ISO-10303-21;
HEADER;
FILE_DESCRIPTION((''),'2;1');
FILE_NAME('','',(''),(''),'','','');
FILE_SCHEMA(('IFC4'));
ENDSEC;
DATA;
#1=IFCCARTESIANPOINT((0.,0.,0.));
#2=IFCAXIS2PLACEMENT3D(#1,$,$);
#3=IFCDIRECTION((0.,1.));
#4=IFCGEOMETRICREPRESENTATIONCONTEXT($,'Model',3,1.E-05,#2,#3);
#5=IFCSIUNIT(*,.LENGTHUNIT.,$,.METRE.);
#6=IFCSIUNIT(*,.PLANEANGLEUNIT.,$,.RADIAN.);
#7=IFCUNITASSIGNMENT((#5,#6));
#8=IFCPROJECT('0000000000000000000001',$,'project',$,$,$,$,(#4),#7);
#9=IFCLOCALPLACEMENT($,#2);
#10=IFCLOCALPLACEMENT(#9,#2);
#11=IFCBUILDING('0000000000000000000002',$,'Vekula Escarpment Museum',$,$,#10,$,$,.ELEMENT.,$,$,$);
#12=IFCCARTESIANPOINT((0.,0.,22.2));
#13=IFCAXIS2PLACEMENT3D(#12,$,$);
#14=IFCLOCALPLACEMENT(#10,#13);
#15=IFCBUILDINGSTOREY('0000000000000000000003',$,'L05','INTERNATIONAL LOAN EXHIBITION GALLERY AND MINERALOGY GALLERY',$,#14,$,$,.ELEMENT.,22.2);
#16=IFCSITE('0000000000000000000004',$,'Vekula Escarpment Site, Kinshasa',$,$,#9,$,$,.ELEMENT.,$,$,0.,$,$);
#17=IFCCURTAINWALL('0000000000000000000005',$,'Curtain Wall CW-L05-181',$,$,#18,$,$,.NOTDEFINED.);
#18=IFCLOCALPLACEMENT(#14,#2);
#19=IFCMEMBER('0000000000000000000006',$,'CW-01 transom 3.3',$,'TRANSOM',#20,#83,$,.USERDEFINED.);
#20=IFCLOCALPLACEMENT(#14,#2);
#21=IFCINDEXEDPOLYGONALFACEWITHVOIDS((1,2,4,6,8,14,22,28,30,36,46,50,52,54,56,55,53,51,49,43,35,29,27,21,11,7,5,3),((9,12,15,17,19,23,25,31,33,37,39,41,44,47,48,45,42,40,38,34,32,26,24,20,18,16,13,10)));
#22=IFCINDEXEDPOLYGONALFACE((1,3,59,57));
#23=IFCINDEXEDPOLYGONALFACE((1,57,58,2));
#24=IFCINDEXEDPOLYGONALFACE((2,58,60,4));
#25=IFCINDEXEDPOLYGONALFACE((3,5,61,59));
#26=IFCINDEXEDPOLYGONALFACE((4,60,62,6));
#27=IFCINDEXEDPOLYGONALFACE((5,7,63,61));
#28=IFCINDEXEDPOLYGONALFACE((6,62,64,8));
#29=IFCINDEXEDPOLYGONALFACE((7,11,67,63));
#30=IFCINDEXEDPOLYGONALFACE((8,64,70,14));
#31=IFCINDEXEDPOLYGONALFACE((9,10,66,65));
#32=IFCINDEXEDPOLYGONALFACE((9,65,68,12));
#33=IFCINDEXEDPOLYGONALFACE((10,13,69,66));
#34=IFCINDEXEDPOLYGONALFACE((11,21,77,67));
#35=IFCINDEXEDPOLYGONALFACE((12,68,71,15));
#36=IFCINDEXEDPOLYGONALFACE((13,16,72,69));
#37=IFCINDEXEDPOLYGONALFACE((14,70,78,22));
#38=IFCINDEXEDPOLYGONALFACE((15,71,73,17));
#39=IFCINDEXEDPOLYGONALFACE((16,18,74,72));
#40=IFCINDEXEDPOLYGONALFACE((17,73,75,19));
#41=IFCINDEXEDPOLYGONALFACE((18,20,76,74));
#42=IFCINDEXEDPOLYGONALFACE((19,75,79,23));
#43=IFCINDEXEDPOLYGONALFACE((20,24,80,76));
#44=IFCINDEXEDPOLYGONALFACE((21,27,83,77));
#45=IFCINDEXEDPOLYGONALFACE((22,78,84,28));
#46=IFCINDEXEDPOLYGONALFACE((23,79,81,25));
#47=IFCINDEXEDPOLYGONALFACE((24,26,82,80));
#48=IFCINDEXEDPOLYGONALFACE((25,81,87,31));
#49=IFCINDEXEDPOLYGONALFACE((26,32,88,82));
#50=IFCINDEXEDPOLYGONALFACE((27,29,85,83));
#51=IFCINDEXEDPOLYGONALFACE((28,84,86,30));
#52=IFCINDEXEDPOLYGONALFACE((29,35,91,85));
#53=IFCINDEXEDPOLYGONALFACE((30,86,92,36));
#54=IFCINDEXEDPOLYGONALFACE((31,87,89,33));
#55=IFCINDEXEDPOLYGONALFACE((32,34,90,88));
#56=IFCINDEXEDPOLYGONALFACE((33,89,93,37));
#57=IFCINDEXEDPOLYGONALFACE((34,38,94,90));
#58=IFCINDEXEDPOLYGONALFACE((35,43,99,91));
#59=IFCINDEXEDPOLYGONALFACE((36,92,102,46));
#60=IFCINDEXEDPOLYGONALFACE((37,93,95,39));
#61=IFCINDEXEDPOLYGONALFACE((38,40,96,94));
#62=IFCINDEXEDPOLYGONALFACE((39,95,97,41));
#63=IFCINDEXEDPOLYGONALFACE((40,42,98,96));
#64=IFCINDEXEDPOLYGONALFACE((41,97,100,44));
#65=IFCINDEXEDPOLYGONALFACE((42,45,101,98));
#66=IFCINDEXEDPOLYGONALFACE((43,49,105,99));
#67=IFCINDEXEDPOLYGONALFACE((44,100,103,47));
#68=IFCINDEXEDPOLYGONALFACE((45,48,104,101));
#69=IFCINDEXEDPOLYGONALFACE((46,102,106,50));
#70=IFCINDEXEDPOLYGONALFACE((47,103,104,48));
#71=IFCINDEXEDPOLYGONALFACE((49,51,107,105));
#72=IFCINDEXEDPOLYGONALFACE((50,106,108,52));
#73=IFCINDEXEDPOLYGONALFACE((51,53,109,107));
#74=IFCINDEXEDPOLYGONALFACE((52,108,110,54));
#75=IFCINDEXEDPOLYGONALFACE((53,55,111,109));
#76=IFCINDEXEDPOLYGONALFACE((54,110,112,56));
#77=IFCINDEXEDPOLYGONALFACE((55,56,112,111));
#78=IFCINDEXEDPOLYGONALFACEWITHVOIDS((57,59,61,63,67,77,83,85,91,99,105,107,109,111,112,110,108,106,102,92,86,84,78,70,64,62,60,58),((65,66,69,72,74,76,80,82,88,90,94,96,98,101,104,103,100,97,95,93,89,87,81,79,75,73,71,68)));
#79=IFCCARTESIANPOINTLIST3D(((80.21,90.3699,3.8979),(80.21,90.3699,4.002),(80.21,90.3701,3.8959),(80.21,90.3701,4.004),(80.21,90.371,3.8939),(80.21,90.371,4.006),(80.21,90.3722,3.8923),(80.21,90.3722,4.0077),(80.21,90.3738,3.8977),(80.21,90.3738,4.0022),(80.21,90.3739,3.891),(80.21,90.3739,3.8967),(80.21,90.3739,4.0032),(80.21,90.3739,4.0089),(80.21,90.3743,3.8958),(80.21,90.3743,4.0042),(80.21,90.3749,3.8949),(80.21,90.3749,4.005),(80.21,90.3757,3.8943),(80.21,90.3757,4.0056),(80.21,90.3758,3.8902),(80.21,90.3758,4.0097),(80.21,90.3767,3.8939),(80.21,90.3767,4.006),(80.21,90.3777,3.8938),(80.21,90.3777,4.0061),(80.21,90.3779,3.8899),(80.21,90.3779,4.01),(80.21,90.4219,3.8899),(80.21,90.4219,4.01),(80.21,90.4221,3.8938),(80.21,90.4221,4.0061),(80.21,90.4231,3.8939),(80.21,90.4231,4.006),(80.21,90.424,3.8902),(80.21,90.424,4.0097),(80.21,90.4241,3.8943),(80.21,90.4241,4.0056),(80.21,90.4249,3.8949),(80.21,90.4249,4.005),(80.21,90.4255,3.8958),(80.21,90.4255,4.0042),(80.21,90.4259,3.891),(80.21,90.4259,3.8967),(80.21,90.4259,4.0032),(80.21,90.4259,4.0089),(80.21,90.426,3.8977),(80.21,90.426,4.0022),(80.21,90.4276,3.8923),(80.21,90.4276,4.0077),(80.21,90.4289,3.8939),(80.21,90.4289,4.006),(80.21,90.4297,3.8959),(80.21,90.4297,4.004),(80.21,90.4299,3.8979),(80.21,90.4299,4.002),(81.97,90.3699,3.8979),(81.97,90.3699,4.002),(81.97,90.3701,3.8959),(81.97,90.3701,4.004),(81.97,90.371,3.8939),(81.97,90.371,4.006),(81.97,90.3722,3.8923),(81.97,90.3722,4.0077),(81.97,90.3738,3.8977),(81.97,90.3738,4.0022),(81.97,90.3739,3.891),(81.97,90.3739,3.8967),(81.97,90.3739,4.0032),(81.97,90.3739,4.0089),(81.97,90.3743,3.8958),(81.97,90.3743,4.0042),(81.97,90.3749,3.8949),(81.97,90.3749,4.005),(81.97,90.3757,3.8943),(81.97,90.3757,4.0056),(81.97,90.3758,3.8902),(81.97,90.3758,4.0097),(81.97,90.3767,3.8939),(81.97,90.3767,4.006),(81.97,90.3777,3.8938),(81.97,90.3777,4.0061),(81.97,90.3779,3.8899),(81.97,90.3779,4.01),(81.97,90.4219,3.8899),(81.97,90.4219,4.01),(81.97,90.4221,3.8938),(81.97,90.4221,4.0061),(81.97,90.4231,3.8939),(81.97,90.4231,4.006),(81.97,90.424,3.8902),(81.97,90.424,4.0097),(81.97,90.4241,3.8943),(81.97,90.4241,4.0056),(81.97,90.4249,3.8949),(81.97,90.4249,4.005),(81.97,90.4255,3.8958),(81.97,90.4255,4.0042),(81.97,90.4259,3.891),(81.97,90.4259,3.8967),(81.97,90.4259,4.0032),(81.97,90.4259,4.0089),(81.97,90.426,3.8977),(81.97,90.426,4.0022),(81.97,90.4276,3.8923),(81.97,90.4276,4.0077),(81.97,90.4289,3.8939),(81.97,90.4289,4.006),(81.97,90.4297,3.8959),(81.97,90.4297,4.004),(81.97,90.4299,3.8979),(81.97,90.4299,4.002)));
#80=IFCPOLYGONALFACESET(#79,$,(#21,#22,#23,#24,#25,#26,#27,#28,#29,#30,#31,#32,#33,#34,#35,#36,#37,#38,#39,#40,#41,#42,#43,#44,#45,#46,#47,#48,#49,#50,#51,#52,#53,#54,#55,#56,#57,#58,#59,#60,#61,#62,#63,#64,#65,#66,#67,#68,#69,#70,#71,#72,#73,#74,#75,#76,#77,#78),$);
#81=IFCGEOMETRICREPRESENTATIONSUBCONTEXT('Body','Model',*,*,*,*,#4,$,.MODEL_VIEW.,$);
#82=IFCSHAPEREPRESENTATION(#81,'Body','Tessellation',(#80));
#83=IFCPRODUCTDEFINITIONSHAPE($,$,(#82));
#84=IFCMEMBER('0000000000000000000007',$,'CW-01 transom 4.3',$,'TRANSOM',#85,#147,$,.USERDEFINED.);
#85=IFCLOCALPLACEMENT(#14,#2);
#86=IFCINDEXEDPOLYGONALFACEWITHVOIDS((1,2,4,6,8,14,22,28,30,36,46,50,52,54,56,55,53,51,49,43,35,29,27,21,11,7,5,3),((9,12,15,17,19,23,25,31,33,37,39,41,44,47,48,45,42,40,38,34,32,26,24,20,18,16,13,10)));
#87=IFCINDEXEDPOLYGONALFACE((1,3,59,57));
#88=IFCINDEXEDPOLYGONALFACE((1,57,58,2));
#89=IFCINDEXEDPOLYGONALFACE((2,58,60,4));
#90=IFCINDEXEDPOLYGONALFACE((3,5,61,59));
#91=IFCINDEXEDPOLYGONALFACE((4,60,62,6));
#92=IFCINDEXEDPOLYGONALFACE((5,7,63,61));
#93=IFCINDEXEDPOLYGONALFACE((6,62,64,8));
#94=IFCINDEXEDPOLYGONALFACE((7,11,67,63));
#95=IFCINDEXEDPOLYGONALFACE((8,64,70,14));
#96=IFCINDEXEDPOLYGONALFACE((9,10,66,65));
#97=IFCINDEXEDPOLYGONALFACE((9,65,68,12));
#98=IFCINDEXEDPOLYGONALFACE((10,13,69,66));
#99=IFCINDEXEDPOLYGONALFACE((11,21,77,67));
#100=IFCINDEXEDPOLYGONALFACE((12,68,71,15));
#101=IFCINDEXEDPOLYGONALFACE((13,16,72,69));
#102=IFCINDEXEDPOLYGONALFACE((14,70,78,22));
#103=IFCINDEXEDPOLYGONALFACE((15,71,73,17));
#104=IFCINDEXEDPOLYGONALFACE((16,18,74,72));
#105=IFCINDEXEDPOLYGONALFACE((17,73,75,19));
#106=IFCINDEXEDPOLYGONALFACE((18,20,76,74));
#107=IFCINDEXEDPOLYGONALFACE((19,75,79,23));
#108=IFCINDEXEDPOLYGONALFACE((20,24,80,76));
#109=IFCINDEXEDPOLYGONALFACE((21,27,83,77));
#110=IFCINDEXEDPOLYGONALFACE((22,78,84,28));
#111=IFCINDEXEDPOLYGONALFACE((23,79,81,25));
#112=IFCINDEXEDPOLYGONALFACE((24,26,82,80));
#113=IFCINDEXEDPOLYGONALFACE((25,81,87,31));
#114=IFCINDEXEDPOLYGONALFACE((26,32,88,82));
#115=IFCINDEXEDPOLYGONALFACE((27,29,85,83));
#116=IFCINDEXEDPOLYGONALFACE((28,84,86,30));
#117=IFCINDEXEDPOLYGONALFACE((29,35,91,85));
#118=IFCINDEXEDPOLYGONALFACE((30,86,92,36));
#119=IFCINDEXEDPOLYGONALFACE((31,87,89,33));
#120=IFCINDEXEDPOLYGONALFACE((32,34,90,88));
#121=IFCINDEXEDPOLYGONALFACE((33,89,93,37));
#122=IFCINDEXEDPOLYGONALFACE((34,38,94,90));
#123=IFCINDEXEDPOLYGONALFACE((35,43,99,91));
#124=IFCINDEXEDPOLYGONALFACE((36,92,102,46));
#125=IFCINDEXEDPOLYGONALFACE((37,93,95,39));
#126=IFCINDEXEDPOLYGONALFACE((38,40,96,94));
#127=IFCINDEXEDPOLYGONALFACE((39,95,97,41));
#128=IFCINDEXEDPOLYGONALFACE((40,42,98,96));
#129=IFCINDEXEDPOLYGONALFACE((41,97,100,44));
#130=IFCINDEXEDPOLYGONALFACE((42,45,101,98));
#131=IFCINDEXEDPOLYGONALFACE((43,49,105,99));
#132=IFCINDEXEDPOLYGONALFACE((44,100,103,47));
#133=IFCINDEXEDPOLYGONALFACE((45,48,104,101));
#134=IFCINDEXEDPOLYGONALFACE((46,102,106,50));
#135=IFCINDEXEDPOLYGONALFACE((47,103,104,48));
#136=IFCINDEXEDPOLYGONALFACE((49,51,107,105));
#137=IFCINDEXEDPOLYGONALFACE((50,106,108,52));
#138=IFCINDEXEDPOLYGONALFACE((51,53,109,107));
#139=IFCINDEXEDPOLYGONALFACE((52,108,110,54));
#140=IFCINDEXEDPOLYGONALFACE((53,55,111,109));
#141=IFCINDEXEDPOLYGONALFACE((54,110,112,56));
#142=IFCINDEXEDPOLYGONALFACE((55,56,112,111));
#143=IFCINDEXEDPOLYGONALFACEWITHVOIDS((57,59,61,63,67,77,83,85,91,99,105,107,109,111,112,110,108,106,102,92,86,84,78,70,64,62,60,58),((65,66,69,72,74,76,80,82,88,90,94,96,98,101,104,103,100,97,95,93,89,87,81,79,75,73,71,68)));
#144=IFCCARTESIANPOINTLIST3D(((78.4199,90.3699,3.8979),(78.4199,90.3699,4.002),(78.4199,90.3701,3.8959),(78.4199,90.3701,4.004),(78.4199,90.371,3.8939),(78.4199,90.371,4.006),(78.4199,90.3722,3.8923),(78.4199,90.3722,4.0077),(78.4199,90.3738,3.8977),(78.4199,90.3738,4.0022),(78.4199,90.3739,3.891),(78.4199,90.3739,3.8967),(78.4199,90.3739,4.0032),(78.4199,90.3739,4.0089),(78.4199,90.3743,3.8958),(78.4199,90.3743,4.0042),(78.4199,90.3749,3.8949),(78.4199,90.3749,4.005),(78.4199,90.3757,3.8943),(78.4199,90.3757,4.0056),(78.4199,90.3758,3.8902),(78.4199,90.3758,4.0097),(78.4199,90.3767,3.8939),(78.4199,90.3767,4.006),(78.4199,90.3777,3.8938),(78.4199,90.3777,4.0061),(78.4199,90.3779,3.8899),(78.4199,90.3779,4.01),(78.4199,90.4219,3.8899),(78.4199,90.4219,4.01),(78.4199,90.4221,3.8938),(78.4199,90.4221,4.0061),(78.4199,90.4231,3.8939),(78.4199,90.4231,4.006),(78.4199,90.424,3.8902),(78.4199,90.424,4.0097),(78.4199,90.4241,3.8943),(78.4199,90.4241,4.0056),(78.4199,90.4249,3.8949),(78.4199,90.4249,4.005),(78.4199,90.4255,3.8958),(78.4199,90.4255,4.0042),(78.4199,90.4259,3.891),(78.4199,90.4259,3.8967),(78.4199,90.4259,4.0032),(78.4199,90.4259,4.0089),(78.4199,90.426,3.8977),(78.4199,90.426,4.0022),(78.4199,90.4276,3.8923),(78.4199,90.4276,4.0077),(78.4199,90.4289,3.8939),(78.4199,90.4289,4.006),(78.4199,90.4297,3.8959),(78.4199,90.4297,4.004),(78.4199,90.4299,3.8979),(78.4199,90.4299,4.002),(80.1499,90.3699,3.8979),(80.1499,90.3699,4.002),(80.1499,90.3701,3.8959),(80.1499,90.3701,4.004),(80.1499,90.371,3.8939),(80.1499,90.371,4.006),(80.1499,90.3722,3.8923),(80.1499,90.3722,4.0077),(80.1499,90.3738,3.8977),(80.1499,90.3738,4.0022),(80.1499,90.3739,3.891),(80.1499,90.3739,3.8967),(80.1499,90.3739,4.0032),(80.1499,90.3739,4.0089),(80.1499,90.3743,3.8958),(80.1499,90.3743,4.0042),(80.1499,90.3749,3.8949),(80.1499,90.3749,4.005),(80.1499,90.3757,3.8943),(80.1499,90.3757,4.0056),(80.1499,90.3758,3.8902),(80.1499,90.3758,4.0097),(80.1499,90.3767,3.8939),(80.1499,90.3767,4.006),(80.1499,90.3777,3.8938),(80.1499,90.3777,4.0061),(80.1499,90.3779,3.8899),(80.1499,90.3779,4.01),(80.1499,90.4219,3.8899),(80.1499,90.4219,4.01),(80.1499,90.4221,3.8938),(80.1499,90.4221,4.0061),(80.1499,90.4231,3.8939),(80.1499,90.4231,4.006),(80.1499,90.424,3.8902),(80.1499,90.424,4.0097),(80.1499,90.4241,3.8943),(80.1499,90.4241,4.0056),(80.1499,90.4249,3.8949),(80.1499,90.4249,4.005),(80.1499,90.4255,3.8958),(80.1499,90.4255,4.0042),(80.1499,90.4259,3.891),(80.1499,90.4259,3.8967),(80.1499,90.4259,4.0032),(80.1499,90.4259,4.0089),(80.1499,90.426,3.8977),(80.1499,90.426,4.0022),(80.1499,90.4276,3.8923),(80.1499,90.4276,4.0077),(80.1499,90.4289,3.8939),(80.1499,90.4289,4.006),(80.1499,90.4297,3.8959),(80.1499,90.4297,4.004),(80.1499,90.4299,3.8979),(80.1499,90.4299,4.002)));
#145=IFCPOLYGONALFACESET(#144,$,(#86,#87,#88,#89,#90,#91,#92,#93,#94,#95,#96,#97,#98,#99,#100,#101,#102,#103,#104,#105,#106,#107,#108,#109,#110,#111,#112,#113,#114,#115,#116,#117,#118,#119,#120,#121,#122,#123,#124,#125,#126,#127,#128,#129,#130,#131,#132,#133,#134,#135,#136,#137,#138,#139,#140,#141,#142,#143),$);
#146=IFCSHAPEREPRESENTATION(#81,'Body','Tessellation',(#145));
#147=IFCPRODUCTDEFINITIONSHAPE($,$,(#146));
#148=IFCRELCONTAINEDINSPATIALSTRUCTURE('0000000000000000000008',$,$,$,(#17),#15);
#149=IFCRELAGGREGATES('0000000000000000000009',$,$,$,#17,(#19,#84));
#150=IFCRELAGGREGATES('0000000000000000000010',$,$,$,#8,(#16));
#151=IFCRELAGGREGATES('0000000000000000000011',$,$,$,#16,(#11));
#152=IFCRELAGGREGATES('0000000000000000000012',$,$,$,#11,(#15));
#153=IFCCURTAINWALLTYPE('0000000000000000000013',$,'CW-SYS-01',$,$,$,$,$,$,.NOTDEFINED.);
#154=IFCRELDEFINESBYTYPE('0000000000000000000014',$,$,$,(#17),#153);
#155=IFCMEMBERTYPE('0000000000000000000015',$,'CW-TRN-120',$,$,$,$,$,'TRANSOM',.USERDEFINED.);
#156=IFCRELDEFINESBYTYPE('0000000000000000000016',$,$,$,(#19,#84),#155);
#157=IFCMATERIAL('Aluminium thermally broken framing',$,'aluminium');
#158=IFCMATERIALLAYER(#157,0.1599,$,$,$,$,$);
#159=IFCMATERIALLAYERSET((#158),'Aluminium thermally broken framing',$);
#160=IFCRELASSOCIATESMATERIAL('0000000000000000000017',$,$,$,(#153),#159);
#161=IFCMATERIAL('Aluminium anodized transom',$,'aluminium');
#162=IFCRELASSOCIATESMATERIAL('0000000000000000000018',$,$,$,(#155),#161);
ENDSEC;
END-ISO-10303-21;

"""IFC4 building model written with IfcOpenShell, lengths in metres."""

from ifc_helpers import new_model, si_unit, direction, frame, origin, origin_2d, place, context, subcontext, project, spatial, hollow_rectangle, extrude, material, layer, layer_set, material_profile, profile_set, type_object, element, aggregate, save


model = new_model("IFC4")

# Units and contexts
model_context = context("Model", 3, precision=1e-05, world=origin(), true_north=direction((0.0, 1.0)))
body_context = subcontext(model_context, "Body", "Model", "MODEL_VIEW")
ifc_project = project(units=[si_unit("LENGTHUNIT", "METRE"), si_unit("PLANEANGLEUNIT", "RADIAN")], contexts=[model_context])

# Site, building, storey
site_placement = place(None, origin())
site = spatial("IfcSite", under=ifc_project, at=site_placement, Name="Vekula Escarpment Site, Kinshasa", CompositionType="ELEMENT", RefElevation=0.0)
building_placement = place(site_placement, origin())
building = spatial("IfcBuilding", under=site, at=building_placement, Name="Vekula Escarpment Museum", CompositionType="ELEMENT")
storey_placement = place(building_placement, frame((0.0, 0.0, 22.2)))
storey = spatial("IfcBuildingStorey", under=building, at=storey_placement, Name="L05", Description="INTERNATIONAL LOAN EXHIBITION GALLERY AND MINERALOGY GALLERY", CompositionType="ELEMENT", Elevation=22.2)

# Curtain wall, members
ifc_material_1 = material(Name="Aluminium thermally broken framing", Category="aluminium")
ifc_layer_1 = layer(ifc_material_1, 0.1599)
ifc_layer_set_1 = layer_set([ifc_layer_1], Name="Aluminium thermally broken framing")
curtain_wall_type = type_object("IfcCurtainWallType", Name="CW-SYS-01", PredefinedType="NOTDEFINED", material=ifc_layer_set_1)
curtain_wall_placement = place(storey_placement, origin())
curtain_wall = element("IfcCurtainWall", 1, at=curtain_wall_placement, inside=storey, type_object=curtain_wall_type, Name="Curtain Wall CW-L05-181", PredefinedType="NOTDEFINED")
ifc_material_2 = material(Name="Aluminium anodized transom", Category="aluminium")
ifc_material_profile_1 = material_profile(ifc_material_2, hollow_rectangle(XDim=0.0601, YDim=0.1201, WallThickness=0.0039, InnerFilletRadius=0.0039, OuterFilletRadius=0.0081, at=origin_2d()), Name="ALU 120x60x4")
ifc_profile_set_1 = profile_set([ifc_material_profile_1], Name="Aluminium anodized transom")
member_type_1 = type_object("IfcMemberType", Name="CW-TRN-120", ElementType="TRANSOM", PredefinedType="USERDEFINED", material=ifc_profile_set_1)
member_1_placement = place(storey_placement, frame((81.97, 90.3999, 3.95), z_axis=(-1.0, 0.0, 0.0), x_axis=(0.0, -1.0, 0.0)))
member_1 = element("IfcMember", 2, at=member_1_placement, type_object=member_type_1, Name="CW-01 transom 3.3", ObjectType="TRANSOM", PredefinedType="USERDEFINED", context=body_context, shape_type="SweptSolid", body=[
    extrude(hollow_rectangle(XDim=0.0601, YDim=0.1201, WallThickness=0.0039, InnerFilletRadius=0.0039, OuterFilletRadius=0.0081, at=origin_2d()), origin(), (0.0, 0.0, 1.0), 1.76),
])
member_2_placement = place(storey_placement, frame((80.1499, 90.3999, 3.95), z_axis=(-1.0, 0.0, 0.0), x_axis=(0.0, -1.0, 0.0)))
member_2 = element("IfcMember", 3, at=member_2_placement, type_object=member_type_1, Name="CW-01 transom 4.3", ObjectType="TRANSOM", PredefinedType="USERDEFINED", context=body_context, shape_type="SweptSolid", body=[
    extrude(hollow_rectangle(XDim=0.0601, YDim=0.1201, WallThickness=0.0039, InnerFilletRadius=0.0039, OuterFilletRadius=0.0081, at=origin_2d()), origin(), (0.0, 0.0, 1.0), 1.73),
])

aggregate(curtain_wall, [member_1, member_2])

save(model, "model.ifc")
